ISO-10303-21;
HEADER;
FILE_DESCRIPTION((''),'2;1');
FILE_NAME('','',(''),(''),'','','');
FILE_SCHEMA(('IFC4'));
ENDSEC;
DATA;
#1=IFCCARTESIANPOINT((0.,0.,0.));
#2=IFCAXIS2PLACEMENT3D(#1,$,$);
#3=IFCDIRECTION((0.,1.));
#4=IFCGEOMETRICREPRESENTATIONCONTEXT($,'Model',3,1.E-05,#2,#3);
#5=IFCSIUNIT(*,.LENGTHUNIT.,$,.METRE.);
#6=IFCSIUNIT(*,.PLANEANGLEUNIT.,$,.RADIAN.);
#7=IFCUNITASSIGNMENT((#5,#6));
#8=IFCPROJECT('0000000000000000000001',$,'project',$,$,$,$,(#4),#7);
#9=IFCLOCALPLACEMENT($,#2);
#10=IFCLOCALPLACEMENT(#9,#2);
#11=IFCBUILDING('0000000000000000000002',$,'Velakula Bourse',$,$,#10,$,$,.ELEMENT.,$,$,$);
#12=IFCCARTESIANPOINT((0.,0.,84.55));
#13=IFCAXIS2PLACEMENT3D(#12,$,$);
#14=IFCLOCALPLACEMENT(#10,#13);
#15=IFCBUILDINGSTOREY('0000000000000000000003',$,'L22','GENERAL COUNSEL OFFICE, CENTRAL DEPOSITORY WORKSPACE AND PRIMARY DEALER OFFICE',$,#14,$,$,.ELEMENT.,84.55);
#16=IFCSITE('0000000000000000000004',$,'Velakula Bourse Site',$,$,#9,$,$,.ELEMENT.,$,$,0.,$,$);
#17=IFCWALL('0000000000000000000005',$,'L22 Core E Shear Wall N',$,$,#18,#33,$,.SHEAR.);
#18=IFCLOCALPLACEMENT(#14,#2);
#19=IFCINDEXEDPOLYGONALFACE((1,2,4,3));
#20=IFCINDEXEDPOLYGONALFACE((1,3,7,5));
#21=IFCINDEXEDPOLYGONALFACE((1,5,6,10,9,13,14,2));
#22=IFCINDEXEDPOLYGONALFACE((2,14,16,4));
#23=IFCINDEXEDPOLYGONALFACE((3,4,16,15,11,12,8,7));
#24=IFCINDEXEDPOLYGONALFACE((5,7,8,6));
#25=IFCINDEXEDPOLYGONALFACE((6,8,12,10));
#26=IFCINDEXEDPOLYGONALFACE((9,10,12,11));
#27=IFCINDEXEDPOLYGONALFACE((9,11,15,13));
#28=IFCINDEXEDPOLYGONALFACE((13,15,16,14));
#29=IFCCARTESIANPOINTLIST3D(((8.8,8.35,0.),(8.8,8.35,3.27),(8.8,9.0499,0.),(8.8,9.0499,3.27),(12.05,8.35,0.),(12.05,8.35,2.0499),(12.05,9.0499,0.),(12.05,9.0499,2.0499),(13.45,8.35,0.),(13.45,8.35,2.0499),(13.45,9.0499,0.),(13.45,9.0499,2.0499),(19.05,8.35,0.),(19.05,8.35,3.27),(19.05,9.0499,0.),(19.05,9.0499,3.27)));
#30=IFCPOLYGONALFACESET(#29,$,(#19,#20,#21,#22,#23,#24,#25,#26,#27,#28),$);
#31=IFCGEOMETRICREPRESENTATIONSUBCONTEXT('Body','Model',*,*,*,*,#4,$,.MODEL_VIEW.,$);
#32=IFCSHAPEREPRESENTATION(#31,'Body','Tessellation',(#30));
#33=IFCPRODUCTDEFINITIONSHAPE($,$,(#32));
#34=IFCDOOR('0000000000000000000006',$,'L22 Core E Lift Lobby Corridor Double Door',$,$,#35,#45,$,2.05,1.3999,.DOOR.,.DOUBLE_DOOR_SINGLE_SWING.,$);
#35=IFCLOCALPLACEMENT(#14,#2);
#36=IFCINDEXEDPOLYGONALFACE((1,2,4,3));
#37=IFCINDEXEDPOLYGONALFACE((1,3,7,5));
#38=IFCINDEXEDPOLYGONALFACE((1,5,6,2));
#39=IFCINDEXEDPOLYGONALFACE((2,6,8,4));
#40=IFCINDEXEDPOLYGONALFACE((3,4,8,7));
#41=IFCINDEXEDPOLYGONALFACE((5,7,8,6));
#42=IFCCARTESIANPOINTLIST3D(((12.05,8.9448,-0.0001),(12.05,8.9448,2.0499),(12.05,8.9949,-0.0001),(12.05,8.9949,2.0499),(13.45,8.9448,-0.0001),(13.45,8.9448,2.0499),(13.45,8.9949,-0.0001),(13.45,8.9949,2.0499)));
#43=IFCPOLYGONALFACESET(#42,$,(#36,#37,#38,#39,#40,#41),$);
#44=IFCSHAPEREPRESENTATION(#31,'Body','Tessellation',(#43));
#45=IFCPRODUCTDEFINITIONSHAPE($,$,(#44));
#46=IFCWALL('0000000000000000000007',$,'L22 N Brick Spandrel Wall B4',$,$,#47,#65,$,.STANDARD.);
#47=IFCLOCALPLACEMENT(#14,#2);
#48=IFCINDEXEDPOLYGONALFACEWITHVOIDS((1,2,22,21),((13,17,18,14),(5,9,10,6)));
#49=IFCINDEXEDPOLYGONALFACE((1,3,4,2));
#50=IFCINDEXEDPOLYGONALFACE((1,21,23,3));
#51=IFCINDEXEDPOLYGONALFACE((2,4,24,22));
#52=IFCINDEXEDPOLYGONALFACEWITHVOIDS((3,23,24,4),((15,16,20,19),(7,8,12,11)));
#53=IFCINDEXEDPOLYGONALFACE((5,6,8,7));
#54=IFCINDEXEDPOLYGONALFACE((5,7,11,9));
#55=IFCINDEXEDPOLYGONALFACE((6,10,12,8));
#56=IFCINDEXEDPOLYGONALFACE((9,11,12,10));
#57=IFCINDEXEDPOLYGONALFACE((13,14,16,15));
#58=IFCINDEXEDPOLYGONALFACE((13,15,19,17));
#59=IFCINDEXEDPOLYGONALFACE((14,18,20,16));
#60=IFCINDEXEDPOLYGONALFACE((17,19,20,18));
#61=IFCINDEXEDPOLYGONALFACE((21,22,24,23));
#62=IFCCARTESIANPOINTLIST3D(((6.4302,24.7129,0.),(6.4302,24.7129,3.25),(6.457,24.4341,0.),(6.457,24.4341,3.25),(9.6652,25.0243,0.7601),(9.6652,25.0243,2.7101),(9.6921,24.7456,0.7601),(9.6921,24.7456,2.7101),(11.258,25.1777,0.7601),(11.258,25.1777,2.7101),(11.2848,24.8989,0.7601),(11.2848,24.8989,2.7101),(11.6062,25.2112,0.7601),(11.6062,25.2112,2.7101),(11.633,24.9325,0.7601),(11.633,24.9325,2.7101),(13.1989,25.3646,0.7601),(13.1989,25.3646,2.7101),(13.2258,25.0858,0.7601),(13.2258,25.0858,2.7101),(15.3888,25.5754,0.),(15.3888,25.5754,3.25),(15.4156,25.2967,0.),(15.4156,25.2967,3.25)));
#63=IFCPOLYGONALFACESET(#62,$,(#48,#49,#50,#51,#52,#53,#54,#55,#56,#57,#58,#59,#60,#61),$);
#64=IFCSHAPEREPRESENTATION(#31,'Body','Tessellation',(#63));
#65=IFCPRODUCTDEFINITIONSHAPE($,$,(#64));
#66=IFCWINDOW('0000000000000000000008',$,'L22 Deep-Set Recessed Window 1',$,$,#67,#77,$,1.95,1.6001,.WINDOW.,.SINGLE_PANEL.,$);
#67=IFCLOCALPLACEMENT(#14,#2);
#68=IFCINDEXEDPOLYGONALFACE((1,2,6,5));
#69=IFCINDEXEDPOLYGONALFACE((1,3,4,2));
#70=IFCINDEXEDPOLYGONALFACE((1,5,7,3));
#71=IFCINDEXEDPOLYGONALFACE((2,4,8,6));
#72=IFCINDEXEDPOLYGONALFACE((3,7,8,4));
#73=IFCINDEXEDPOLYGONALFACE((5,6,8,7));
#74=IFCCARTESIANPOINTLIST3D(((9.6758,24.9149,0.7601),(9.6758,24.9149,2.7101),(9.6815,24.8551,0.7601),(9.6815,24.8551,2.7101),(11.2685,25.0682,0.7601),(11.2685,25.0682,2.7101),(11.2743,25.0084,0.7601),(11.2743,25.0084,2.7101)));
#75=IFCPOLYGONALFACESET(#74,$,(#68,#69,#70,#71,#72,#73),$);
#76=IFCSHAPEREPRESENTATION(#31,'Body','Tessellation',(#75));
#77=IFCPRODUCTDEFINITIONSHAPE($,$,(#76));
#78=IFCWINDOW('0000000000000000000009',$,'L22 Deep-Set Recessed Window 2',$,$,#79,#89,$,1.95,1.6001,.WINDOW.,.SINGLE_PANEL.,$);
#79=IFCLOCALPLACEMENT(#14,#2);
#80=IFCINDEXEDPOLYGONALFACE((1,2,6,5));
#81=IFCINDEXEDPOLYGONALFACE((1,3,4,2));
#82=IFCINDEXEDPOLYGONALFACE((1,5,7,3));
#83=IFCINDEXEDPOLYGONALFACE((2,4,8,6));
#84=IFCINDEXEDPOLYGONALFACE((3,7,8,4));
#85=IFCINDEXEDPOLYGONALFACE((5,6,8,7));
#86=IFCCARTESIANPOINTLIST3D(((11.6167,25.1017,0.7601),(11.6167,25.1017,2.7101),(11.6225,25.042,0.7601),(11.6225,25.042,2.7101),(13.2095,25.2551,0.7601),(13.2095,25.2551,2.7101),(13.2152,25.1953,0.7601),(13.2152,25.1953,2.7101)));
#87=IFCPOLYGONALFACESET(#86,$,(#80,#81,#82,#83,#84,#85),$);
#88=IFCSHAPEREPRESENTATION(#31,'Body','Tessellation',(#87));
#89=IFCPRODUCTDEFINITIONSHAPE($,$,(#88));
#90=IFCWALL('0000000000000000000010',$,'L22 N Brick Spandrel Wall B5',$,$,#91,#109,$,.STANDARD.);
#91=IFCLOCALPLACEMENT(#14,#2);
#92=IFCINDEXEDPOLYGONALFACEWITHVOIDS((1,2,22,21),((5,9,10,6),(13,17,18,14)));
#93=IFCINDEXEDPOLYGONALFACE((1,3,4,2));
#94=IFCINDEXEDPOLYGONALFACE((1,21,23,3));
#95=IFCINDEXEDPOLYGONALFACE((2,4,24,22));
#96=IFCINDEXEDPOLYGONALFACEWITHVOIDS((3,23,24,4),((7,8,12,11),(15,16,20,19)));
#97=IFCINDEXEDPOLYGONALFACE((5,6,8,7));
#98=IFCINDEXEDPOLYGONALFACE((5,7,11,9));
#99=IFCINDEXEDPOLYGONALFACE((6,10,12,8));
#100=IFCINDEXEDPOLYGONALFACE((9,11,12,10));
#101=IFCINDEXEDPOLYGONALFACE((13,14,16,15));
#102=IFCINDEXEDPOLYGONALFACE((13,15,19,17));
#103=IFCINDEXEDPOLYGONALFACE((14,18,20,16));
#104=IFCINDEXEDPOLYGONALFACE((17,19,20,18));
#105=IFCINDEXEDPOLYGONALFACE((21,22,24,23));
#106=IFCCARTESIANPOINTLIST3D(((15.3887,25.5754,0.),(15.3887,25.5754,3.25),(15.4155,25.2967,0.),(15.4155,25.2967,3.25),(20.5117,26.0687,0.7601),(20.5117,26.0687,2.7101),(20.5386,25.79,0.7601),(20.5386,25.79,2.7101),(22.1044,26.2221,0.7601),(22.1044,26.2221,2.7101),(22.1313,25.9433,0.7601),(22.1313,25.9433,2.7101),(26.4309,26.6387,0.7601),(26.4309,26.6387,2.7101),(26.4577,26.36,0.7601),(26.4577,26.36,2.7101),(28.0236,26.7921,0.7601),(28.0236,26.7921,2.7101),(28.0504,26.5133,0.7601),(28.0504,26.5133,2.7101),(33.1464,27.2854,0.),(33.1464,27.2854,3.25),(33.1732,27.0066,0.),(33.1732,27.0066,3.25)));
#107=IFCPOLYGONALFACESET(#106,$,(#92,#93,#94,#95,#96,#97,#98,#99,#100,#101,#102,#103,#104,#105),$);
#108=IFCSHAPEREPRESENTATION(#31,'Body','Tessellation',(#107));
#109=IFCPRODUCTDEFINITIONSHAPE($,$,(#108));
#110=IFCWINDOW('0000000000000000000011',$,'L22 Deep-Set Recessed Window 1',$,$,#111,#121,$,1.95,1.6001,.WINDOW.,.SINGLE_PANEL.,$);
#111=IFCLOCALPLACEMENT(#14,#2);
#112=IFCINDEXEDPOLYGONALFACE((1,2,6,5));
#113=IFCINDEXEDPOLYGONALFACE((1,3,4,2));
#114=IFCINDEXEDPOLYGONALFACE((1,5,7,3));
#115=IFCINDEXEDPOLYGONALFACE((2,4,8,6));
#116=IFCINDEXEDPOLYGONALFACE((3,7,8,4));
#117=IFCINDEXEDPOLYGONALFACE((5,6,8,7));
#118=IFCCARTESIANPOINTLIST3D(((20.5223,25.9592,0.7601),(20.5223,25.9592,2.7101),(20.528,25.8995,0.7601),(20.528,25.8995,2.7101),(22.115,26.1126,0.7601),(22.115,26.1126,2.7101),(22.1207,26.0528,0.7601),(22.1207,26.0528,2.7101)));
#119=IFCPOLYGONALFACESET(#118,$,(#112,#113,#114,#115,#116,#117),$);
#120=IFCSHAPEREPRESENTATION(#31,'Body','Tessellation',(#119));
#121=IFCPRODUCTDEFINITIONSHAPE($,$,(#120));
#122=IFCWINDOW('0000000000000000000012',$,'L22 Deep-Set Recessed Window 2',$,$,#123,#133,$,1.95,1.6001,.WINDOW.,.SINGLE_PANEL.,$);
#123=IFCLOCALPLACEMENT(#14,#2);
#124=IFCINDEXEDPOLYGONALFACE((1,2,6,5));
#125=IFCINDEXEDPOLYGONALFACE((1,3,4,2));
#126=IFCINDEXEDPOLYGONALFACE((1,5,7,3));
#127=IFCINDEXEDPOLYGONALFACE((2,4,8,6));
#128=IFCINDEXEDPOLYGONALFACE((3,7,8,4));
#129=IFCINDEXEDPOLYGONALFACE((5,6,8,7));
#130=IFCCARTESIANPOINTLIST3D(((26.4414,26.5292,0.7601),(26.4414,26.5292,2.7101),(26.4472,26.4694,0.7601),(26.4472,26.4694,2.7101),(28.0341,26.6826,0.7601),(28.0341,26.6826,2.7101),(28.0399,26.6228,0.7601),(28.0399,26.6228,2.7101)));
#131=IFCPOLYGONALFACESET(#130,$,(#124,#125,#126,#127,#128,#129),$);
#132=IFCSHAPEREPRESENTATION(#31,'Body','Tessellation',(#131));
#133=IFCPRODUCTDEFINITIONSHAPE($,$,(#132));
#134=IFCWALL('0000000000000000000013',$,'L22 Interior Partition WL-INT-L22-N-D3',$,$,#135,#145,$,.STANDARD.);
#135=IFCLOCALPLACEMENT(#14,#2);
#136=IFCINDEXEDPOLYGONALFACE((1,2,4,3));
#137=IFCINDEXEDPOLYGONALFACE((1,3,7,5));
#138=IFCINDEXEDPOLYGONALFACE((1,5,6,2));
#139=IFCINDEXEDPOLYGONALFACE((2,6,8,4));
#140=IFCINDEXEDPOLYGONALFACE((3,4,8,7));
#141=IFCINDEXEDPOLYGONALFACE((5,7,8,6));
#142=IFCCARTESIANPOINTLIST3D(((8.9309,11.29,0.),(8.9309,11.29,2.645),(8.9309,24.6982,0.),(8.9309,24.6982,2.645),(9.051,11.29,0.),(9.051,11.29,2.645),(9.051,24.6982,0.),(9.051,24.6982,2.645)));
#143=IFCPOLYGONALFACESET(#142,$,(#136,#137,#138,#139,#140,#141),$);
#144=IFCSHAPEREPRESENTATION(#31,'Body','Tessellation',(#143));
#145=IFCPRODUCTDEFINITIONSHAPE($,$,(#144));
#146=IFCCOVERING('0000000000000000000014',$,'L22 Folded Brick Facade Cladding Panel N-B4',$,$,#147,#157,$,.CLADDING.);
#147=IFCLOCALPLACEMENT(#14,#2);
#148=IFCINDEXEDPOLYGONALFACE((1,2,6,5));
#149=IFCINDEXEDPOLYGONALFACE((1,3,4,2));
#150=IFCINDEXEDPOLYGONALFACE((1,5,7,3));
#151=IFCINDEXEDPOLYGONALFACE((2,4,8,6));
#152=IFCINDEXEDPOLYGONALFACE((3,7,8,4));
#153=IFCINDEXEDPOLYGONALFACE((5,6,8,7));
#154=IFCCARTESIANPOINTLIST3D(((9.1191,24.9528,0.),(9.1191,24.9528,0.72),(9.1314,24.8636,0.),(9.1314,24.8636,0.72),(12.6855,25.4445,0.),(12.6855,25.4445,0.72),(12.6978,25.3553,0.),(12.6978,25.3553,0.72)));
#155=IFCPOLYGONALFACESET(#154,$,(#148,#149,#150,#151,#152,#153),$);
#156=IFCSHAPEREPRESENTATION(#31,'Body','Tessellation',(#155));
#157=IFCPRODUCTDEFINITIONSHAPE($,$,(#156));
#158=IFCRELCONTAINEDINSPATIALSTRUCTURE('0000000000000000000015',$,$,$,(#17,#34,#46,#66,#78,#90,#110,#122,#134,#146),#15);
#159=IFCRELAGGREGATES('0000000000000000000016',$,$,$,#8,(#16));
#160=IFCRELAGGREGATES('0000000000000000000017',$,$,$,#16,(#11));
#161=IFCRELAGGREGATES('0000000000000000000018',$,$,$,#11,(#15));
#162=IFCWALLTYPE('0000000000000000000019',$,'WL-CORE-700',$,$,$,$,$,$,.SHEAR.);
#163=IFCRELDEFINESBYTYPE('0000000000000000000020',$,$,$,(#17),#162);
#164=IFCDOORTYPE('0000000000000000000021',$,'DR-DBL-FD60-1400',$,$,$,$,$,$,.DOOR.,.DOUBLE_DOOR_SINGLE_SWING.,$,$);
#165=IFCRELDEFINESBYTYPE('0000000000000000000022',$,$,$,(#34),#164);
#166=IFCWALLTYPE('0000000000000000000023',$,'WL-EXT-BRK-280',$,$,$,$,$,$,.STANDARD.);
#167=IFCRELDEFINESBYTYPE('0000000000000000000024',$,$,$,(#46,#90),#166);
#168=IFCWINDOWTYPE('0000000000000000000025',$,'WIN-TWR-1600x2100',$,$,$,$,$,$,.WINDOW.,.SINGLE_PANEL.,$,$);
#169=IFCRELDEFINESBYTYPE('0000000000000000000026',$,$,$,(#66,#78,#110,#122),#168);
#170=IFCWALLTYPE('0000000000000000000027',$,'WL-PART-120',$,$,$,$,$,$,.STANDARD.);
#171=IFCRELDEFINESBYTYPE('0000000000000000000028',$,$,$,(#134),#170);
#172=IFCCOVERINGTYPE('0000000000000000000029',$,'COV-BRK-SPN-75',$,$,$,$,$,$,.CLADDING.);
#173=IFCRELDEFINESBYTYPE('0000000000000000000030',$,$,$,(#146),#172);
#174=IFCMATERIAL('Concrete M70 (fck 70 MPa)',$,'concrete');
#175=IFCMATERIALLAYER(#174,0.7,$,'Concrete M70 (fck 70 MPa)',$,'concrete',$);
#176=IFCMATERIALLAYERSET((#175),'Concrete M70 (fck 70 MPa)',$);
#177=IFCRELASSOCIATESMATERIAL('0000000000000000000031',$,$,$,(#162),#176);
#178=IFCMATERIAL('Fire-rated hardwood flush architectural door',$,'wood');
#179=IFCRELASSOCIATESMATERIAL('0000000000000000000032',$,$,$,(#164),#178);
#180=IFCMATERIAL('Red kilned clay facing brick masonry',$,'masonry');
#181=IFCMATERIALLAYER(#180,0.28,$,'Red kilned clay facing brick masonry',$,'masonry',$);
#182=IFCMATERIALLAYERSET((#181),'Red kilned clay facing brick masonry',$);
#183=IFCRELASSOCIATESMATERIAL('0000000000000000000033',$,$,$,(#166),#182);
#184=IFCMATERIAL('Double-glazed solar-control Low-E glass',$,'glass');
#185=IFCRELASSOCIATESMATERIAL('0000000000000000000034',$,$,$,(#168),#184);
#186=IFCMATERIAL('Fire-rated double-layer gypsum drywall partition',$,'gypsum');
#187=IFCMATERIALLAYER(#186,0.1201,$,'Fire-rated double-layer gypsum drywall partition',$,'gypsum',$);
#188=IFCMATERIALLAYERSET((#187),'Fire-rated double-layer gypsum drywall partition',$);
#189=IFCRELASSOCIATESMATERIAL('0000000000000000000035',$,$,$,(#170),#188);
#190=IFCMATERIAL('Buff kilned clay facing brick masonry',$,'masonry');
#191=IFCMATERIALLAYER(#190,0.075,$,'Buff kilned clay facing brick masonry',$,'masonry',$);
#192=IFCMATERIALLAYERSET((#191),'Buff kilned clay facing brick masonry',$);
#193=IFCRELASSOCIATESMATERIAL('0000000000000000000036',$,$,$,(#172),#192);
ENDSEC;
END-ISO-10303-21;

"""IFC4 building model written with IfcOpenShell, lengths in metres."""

from ifc_helpers import new_model, si_unit, direction, frame, frame_2d, origin, origin_2d, place, context, subcontext, project, spatial, rectangle, extrude, material, layer, layer_set, type_object, element, fill, save


model = new_model("IFC4")

# Units and contexts
model_context = context("Model", 3, precision=1e-05, world=origin(), true_north=direction((0.0, 1.0)))
body_context = subcontext(model_context, "Body", "Model", "MODEL_VIEW")
ifc_project = project(units=[si_unit("LENGTHUNIT", "METRE"), si_unit("PLANEANGLEUNIT", "RADIAN")], contexts=[model_context])

# Site, building, storey
site_placement = place(None, origin())
site = spatial("IfcSite", under=ifc_project, at=site_placement, Name="Velakula Bourse Site", CompositionType="ELEMENT", RefElevation=0.0)
building_placement = place(site_placement, origin())
building = spatial("IfcBuilding", under=site, at=building_placement, Name="Velakula Bourse", CompositionType="ELEMENT")
storey_placement = place(building_placement, frame((0.0, 0.0, 84.55)))
storey = spatial("IfcBuildingStorey", under=building, at=storey_placement, Name="L22", Description="GENERAL COUNSEL OFFICE, CENTRAL DEPOSITORY WORKSPACE AND PRIMARY DEALER OFFICE", CompositionType="ELEMENT", Elevation=84.55)

# Wall, opening, door
ifc_material_1 = material(Name="Concrete M70 (fck 70 MPa)", Category="concrete")
ifc_layer_1 = layer(ifc_material_1, 0.7, Name="Concrete M70 (fck 70 MPa)", Category="concrete")
ifc_layer_set_1 = layer_set([ifc_layer_1], Name="Concrete M70 (fck 70 MPa)")
wall_type_1 = type_object("IfcWallType", Name="WL-CORE-700", PredefinedType="SHEAR", material=ifc_layer_set_1)
wall_1_placement = place(storey_placement, frame((8.8, 8.7, 0.0), z_axis=(0.0, 0.0, 1.0), x_axis=(1.0, 0.0, 0.0)))
wall_1 = element("IfcWall", 1, at=wall_1_placement, inside=storey, type_object=wall_type_1, Name="L22 Core E Shear Wall N", PredefinedType="SHEAR", context=body_context, shape_type="SweptSolid", body=[
    extrude(rectangle(XDim=10.25, YDim=0.7, at=frame_2d((5.125, 0.0))), origin(), (0.0, 0.0, 1.0), 3.27),
])
opening_1_placement = place(wall_1_placement, frame((3.25, 0.0, 0.0)))
opening_1 = element("IfcOpeningElement", 2, at=opening_1_placement, cuts=wall_1, PredefinedType="OPENING", context=body_context, shape_type="SweptSolid", body=[
    extrude(rectangle(XDim=1.3999, YDim=2.05, at=frame_2d((0.7, 1.0249))), frame((0.0, 0.3599, 0.0), z_axis=(0.0, -1.0, 0.0), x_axis=(1.0, 0.0, 0.0)), (0.0, 0.0, 1.0), 0.72),
])
ifc_material_2 = material(Name="Fire-rated hardwood flush architectural door", Category="wood")
door_type = type_object("IfcDoorType", Name="DR-DBL-FD60-1400", OperationType="DOUBLE_DOOR_SINGLE_SWING", PredefinedType="DOOR", material=ifc_material_2)
door_placement = place(opening_1_placement, origin())
door = element("IfcDoor", 3, at=door_placement, inside=storey, type_object=door_type, Name="L22 Core E Lift Lobby Corridor Double Door", OperationType="DOUBLE_DOOR_SINGLE_SWING", OverallHeight=2.05, OverallWidth=1.3999, PredefinedType="DOOR", context=body_context, shape_type="SweptSolid", body=[
    extrude(rectangle(XDim=1.3999, YDim=2.05, at=frame_2d((0.7, 1.0249))), frame((0.0, 0.2949, 0.0), z_axis=(0.0, -1.0, 0.0), x_axis=(1.0, 0.0, 0.0)), (0.0, 0.0, 1.0), 0.05),
])
fill(opening_1, door)

# Walls, openings, windows
ifc_material_3 = material(Name="Red kilned clay facing brick masonry", Category="masonry")
ifc_layer_2 = layer(ifc_material_3, 0.28, Name="Red kilned clay facing brick masonry", Category="masonry")
ifc_layer_set_2 = layer_set([ifc_layer_2], Name="Red kilned clay facing brick masonry")
wall_type_2 = type_object("IfcWallType", Name="WL-EXT-BRK-280", PredefinedType="STANDARD", material=ifc_layer_set_2)
wall_2_placement = place(storey_placement, frame((6.4436, 24.5735, 0.0), z_axis=(0.0, 0.0, 1.0), x_axis=(0.995397, 0.09584, 0.0)))
wall_2 = element("IfcWall", 4, at=wall_2_placement, inside=storey, type_object=wall_type_2, Name="L22 N Brick Spandrel Wall B4", PredefinedType="STANDARD", context=body_context, shape_type="SweptSolid", body=[
    extrude(rectangle(XDim=9.0, YDim=0.28, at=frame_2d((4.5, 0.0))), origin(), (0.0, 0.0, 1.0), 3.25),
])
opening_2_placement = place(wall_2_placement, frame((3.25, 0.0, 0.76)))
opening_2 = element("IfcOpeningElement", 5, at=opening_2_placement, cuts=wall_2, PredefinedType="OPENING", context=body_context, shape_type="SweptSolid", body=[
    extrude(rectangle(XDim=1.6001, YDim=1.95, at=frame_2d((0.8, 0.9751))), frame((0.0, 0.1499, 0.0), z_axis=(0.0, -1.0, 0.0), x_axis=(1.0, 0.0, 0.0)), (0.0, 0.0, 1.0), 0.3),
])
opening_3_placement = place(wall_2_placement, frame((5.2, 0.0, 0.76)))
opening_3 = element("IfcOpeningElement", 6, at=opening_3_placement, cuts=wall_2, PredefinedType="OPENING", context=body_context, shape_type="SweptSolid", body=[
    extrude(rectangle(XDim=1.6001, YDim=1.95, at=frame_2d((0.8, 0.9751))), frame((0.0, 0.1499, 0.0), z_axis=(0.0, -1.0, 0.0), x_axis=(1.0, 0.0, 0.0)), (0.0, 0.0, 1.0), 0.3),
])
ifc_material_4 = material(Name="Double-glazed solar-control Low-E glass", Category="glass")
window_type = type_object("IfcWindowType", Name="WIN-TWR-1600x2100", PartitioningType="SINGLE_PANEL", PredefinedType="WINDOW", material=ifc_material_4)
window_1_placement = place(opening_2_placement, origin())
window_1 = element("IfcWindow", 7, at=window_1_placement, inside=storey, type_object=window_type, Name="L22 Deep-Set Recessed Window 1", OverallHeight=1.95, OverallWidth=1.6001, PartitioningType="SINGLE_PANEL", PredefinedType="WINDOW", context=body_context, shape_type="SweptSolid", body=[
    extrude(rectangle(XDim=1.6001, YDim=1.95, at=frame_2d((0.8, 0.9751))), frame((0.0, 0.03, 0.0), z_axis=(0.0, -1.0, 0.0), x_axis=(1.0, 0.0, 0.0)), (0.0, 0.0, 1.0), 0.0601),
])
fill(opening_2, window_1)
window_2_placement = place(opening_3_placement, origin())
window_2 = element("IfcWindow", 8, at=window_2_placement, inside=storey, type_object=window_type, Name="L22 Deep-Set Recessed Window 2", OverallHeight=1.95, OverallWidth=1.6001, PartitioningType="SINGLE_PANEL", PredefinedType="WINDOW", context=body_context, shape_type="SweptSolid", body=[
    extrude(rectangle(XDim=1.6001, YDim=1.95, at=frame_2d((0.8, 0.9751))), frame((0.0, 0.03, 0.0), z_axis=(0.0, -1.0, 0.0), x_axis=(1.0, 0.0, 0.0)), (0.0, 0.0, 1.0), 0.0601),
])
fill(opening_3, window_2)
wall_3_placement = place(storey_placement, frame((15.4021, 25.436, 0.0), z_axis=(0.0, 0.0, 1.0), x_axis=(0.995396, 0.09585, 0.0)))
wall_3 = element("IfcWall", 9, at=wall_3_placement, inside=storey, type_object=wall_type_2, Name="L22 N Brick Spandrel Wall B5", PredefinedType="STANDARD", context=body_context, shape_type="SweptSolid", body=[
    extrude(rectangle(XDim=17.8398, YDim=0.28, at=frame_2d((8.9199, 0.0))), origin(), (0.0, 0.0, 1.0), 3.25),
])
opening_4_placement = place(wall_3_placement, frame((5.1467, 0.0, 0.76)))
opening_4 = element("IfcOpeningElement", 10, at=opening_4_placement, cuts=wall_3, PredefinedType="OPENING", context=body_context, shape_type="SweptSolid", body=[
    extrude(rectangle(XDim=1.6001, YDim=1.95, at=frame_2d((0.8, 0.9751))), frame((0.0, 0.1499, 0.0), z_axis=(0.0, -1.0, 0.0), x_axis=(1.0, 0.0, 0.0)), (0.0, 0.0, 1.0), 0.3),
])
opening_5_placement = place(wall_3_placement, frame((11.0933, 0.0, 0.76)))
opening_5 = element("IfcOpeningElement", 11, at=opening_5_placement, cuts=wall_3, PredefinedType="OPENING", context=body_context, shape_type="SweptSolid", body=[
    extrude(rectangle(XDim=1.6001, YDim=1.95, at=frame_2d((0.8, 0.9751))), frame((0.0, 0.1499, 0.0), z_axis=(0.0, -1.0, 0.0), x_axis=(1.0, 0.0, 0.0)), (0.0, 0.0, 1.0), 0.3),
])
window_3_placement = place(opening_4_placement, origin())
window_3 = element("IfcWindow", 12, at=window_3_placement, inside=storey, type_object=window_type, Name="L22 Deep-Set Recessed Window 1", OverallHeight=1.95, OverallWidth=1.6001, PartitioningType="SINGLE_PANEL", PredefinedType="WINDOW", context=body_context, shape_type="SweptSolid", body=[
    extrude(rectangle(XDim=1.6001, YDim=1.95, at=frame_2d((0.8, 0.9751))), frame((0.0, 0.03, 0.0), z_axis=(0.0, -1.0, 0.0), x_axis=(1.0, 0.0, 0.0)), (0.0, 0.0, 1.0), 0.0601),
])
fill(opening_4, window_3)
window_4_placement = place(opening_5_placement, origin())
window_4 = element("IfcWindow", 13, at=window_4_placement, inside=storey, type_object=window_type, Name="L22 Deep-Set Recessed Window 2", OverallHeight=1.95, OverallWidth=1.6001, PartitioningType="SINGLE_PANEL", PredefinedType="WINDOW", context=body_context, shape_type="SweptSolid", body=[
    extrude(rectangle(XDim=1.6001, YDim=1.95, at=frame_2d((0.8, 0.9751))), frame((0.0, 0.03, 0.0), z_axis=(0.0, -1.0, 0.0), x_axis=(1.0, 0.0, 0.0)), (0.0, 0.0, 1.0), 0.0601),
])
fill(opening_5, window_4)

# Wall
ifc_material_5 = material(Name="Fire-rated double-layer gypsum drywall partition", Category="gypsum")
ifc_layer_3 = layer(ifc_material_5, 0.1201, Name="Fire-rated double-layer gypsum drywall partition", Category="gypsum")
ifc_layer_set_3 = layer_set([ifc_layer_3], Name="Fire-rated double-layer gypsum drywall partition")
wall_type_3 = type_object("IfcWallType", Name="WL-PART-120", PredefinedType="STANDARD", material=ifc_layer_set_3)
wall_4_placement = place(storey_placement, frame((8.991, 11.29, 0.0), z_axis=(0.0, 0.0, 1.0), x_axis=(0.0, 1.0, 0.0)))
element("IfcWall", 14, at=wall_4_placement, inside=storey, type_object=wall_type_3, Name="L22 Interior Partition WL-INT-L22-N-D3", PredefinedType="STANDARD", context=body_context, shape_type="SweptSolid", body=[
    extrude(rectangle(XDim=13.4082, YDim=0.1201, at=frame_2d((6.7041, 0.0))), origin(), (0.0, 0.0, 1.0), 2.645),
])

# Covering
ifc_material_6 = material(Name="Buff kilned clay facing brick masonry", Category="masonry")
ifc_layer_4 = layer(ifc_material_6, 0.075, Name="Buff kilned clay facing brick masonry", Category="masonry")
ifc_layer_set_4 = layer_set([ifc_layer_4], Name="Buff kilned clay facing brick masonry")
covering_type = type_object("IfcCoveringType", Name="COV-BRK-SPN-75", PredefinedType="CLADDING", material=ifc_layer_set_4)
covering_placement = place(storey_placement, frame((10.9084, 25.1541, 0.0), z_axis=(0.0, 0.0, 1.0), x_axis=(0.990629, 0.13658, 0.0)))
element("IfcCovering", 15, at=covering_placement, inside=storey, type_object=covering_type, Name="L22 Folded Brick Facade Cladding Panel N-B4", PredefinedType="CLADDING", context=body_context, shape_type="SweptSolid", body=[
    extrude(rectangle(XDim=3.6001, YDim=0.0901, at=origin_2d()), origin(), (0.0, 0.0, 1.0), 0.72),
])

save(model, "model.ifc")
